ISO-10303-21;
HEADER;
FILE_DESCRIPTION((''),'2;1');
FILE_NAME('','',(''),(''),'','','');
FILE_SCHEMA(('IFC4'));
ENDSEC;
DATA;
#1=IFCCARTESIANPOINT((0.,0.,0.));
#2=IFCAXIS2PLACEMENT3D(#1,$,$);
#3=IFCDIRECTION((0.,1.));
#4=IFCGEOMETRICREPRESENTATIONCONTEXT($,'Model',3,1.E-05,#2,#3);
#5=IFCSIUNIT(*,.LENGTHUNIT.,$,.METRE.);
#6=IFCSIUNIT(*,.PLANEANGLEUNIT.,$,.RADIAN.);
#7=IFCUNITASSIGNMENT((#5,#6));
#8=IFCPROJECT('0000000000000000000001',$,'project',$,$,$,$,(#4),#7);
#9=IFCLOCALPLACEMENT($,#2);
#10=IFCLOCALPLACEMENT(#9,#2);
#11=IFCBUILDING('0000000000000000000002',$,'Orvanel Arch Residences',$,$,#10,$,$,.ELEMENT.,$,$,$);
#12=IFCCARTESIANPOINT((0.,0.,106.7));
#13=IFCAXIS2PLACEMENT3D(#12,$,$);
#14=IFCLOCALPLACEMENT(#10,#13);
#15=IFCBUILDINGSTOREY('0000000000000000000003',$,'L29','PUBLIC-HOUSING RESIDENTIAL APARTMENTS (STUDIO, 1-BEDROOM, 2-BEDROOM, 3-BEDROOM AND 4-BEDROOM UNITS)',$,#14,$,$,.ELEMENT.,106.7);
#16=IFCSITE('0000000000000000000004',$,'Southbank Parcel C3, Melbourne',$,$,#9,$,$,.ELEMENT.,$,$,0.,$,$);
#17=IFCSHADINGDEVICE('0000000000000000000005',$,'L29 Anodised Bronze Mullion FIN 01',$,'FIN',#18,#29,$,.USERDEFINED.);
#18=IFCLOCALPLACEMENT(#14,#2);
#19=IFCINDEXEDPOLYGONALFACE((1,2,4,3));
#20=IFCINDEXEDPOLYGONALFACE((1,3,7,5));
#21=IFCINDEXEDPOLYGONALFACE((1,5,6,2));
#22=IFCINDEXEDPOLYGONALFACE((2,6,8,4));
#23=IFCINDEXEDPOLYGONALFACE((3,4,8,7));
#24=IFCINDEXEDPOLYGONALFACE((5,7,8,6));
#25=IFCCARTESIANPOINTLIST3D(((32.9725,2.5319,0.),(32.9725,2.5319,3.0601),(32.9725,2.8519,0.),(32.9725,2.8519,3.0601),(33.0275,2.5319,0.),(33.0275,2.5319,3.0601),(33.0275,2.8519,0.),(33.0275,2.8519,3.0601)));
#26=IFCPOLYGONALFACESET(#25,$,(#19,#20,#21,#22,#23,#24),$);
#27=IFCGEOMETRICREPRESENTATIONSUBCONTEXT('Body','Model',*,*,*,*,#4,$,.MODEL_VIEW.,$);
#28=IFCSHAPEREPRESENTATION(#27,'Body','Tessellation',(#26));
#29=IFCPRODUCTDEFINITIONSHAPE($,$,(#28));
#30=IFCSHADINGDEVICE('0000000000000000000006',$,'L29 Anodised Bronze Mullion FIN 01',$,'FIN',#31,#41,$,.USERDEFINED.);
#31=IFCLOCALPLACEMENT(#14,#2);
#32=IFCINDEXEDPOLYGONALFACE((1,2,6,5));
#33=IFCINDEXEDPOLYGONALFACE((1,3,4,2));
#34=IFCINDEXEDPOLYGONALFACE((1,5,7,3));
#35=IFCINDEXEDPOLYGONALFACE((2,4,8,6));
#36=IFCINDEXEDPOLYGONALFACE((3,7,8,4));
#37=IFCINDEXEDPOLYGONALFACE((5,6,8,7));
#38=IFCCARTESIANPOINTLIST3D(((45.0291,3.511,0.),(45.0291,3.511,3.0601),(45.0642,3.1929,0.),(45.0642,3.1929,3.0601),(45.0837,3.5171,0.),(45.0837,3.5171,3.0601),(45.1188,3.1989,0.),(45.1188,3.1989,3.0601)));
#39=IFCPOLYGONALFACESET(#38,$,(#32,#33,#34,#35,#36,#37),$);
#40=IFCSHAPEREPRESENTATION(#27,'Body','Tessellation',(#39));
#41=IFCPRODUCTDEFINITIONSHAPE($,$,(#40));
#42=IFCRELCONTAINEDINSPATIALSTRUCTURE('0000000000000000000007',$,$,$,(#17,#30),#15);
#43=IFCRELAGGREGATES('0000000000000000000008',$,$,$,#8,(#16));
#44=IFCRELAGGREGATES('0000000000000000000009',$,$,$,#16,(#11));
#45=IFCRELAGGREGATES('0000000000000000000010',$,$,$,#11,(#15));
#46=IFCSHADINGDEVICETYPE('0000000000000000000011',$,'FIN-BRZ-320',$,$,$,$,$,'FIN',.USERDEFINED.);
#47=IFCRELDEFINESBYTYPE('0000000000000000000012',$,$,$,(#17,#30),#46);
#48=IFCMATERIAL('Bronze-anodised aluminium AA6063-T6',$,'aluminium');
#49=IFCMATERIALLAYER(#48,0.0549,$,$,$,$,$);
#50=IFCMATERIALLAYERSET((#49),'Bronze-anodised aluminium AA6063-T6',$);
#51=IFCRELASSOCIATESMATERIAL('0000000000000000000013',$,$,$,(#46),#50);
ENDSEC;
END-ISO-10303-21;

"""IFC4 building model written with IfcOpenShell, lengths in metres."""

from ifc_helpers import new_model, si_unit, direction, frame, origin, origin_2d, place, context, subcontext, project, spatial, rectangle, extrude, material, layer, layer_set, type_object, element, save


model = new_model("IFC4")

# Units and contexts
model_context = context("Model", 3, precision=1e-05, world=origin(), true_north=direction((0.0, 1.0)))
body_context = subcontext(model_context, "Body", "Model", "MODEL_VIEW")
ifc_project = project(units=[si_unit("LENGTHUNIT", "METRE"), si_unit("PLANEANGLEUNIT", "RADIAN")], contexts=[model_context])

# Site, building, storey
site_placement = place(None, origin())
site = spatial("IfcSite", under=ifc_project, at=site_placement, Name="Southbank Parcel C3, Melbourne", CompositionType="ELEMENT", RefElevation=0.0)
building_placement = place(site_placement, origin())
building = spatial("IfcBuilding", under=site, at=building_placement, Name="Orvanel Arch Residences", CompositionType="ELEMENT")
storey_placement = place(building_placement, frame((0.0, 0.0, 106.7)))
storey = spatial("IfcBuildingStorey", under=building, at=storey_placement, Name="L29", Description="PUBLIC-HOUSING RESIDENTIAL APARTMENTS (STUDIO, 1-BEDROOM, 2-BEDROOM, 3-BEDROOM AND 4-BEDROOM UNITS)", CompositionType="ELEMENT", Elevation=106.7)

# Shared definitions
ifc_material_1 = material(Name="Bronze-anodised aluminium AA6063-T6", Category="aluminium")

# Shading devices
ifc_layer_1 = layer(ifc_material_1, 0.0549)
ifc_layer_set_1 = layer_set([ifc_layer_1], Name="Bronze-anodised aluminium AA6063-T6")
shading_device_type = type_object("IfcShadingDeviceType", Name="FIN-BRZ-320", ElementType="FIN", PredefinedType="USERDEFINED", material=ifc_layer_set_1)
for number, where, z_axis, x_axis, name in (
    (1, (33.0, 2.6919, 0.0), (0.0, 0.0, 1.0), (0.0, -1.0, 0.0), "L29 Anodised Bronze Mullion FIN 01"),
    (2, (45.074, 3.355, 0.0), (0.0, 0.0, 1.0), (0.109734, -0.993961, 0.0), "L29 Anodised Bronze Mullion FIN 01"),
):
    element("IfcShadingDevice", number, at=place(storey_placement, frame(where, z_axis=z_axis, x_axis=x_axis)), inside=storey, type_object=shading_device_type, Name=name, ObjectType="FIN", PredefinedType="USERDEFINED", context=body_context, shape_type="SweptSolid", body=[
        extrude(rectangle(XDim=0.3201, YDim=0.0549, at=origin_2d()), origin(), (0.0, 0.0, 1.0), 3.0601),
    ])

save(model, "model.ifc")
